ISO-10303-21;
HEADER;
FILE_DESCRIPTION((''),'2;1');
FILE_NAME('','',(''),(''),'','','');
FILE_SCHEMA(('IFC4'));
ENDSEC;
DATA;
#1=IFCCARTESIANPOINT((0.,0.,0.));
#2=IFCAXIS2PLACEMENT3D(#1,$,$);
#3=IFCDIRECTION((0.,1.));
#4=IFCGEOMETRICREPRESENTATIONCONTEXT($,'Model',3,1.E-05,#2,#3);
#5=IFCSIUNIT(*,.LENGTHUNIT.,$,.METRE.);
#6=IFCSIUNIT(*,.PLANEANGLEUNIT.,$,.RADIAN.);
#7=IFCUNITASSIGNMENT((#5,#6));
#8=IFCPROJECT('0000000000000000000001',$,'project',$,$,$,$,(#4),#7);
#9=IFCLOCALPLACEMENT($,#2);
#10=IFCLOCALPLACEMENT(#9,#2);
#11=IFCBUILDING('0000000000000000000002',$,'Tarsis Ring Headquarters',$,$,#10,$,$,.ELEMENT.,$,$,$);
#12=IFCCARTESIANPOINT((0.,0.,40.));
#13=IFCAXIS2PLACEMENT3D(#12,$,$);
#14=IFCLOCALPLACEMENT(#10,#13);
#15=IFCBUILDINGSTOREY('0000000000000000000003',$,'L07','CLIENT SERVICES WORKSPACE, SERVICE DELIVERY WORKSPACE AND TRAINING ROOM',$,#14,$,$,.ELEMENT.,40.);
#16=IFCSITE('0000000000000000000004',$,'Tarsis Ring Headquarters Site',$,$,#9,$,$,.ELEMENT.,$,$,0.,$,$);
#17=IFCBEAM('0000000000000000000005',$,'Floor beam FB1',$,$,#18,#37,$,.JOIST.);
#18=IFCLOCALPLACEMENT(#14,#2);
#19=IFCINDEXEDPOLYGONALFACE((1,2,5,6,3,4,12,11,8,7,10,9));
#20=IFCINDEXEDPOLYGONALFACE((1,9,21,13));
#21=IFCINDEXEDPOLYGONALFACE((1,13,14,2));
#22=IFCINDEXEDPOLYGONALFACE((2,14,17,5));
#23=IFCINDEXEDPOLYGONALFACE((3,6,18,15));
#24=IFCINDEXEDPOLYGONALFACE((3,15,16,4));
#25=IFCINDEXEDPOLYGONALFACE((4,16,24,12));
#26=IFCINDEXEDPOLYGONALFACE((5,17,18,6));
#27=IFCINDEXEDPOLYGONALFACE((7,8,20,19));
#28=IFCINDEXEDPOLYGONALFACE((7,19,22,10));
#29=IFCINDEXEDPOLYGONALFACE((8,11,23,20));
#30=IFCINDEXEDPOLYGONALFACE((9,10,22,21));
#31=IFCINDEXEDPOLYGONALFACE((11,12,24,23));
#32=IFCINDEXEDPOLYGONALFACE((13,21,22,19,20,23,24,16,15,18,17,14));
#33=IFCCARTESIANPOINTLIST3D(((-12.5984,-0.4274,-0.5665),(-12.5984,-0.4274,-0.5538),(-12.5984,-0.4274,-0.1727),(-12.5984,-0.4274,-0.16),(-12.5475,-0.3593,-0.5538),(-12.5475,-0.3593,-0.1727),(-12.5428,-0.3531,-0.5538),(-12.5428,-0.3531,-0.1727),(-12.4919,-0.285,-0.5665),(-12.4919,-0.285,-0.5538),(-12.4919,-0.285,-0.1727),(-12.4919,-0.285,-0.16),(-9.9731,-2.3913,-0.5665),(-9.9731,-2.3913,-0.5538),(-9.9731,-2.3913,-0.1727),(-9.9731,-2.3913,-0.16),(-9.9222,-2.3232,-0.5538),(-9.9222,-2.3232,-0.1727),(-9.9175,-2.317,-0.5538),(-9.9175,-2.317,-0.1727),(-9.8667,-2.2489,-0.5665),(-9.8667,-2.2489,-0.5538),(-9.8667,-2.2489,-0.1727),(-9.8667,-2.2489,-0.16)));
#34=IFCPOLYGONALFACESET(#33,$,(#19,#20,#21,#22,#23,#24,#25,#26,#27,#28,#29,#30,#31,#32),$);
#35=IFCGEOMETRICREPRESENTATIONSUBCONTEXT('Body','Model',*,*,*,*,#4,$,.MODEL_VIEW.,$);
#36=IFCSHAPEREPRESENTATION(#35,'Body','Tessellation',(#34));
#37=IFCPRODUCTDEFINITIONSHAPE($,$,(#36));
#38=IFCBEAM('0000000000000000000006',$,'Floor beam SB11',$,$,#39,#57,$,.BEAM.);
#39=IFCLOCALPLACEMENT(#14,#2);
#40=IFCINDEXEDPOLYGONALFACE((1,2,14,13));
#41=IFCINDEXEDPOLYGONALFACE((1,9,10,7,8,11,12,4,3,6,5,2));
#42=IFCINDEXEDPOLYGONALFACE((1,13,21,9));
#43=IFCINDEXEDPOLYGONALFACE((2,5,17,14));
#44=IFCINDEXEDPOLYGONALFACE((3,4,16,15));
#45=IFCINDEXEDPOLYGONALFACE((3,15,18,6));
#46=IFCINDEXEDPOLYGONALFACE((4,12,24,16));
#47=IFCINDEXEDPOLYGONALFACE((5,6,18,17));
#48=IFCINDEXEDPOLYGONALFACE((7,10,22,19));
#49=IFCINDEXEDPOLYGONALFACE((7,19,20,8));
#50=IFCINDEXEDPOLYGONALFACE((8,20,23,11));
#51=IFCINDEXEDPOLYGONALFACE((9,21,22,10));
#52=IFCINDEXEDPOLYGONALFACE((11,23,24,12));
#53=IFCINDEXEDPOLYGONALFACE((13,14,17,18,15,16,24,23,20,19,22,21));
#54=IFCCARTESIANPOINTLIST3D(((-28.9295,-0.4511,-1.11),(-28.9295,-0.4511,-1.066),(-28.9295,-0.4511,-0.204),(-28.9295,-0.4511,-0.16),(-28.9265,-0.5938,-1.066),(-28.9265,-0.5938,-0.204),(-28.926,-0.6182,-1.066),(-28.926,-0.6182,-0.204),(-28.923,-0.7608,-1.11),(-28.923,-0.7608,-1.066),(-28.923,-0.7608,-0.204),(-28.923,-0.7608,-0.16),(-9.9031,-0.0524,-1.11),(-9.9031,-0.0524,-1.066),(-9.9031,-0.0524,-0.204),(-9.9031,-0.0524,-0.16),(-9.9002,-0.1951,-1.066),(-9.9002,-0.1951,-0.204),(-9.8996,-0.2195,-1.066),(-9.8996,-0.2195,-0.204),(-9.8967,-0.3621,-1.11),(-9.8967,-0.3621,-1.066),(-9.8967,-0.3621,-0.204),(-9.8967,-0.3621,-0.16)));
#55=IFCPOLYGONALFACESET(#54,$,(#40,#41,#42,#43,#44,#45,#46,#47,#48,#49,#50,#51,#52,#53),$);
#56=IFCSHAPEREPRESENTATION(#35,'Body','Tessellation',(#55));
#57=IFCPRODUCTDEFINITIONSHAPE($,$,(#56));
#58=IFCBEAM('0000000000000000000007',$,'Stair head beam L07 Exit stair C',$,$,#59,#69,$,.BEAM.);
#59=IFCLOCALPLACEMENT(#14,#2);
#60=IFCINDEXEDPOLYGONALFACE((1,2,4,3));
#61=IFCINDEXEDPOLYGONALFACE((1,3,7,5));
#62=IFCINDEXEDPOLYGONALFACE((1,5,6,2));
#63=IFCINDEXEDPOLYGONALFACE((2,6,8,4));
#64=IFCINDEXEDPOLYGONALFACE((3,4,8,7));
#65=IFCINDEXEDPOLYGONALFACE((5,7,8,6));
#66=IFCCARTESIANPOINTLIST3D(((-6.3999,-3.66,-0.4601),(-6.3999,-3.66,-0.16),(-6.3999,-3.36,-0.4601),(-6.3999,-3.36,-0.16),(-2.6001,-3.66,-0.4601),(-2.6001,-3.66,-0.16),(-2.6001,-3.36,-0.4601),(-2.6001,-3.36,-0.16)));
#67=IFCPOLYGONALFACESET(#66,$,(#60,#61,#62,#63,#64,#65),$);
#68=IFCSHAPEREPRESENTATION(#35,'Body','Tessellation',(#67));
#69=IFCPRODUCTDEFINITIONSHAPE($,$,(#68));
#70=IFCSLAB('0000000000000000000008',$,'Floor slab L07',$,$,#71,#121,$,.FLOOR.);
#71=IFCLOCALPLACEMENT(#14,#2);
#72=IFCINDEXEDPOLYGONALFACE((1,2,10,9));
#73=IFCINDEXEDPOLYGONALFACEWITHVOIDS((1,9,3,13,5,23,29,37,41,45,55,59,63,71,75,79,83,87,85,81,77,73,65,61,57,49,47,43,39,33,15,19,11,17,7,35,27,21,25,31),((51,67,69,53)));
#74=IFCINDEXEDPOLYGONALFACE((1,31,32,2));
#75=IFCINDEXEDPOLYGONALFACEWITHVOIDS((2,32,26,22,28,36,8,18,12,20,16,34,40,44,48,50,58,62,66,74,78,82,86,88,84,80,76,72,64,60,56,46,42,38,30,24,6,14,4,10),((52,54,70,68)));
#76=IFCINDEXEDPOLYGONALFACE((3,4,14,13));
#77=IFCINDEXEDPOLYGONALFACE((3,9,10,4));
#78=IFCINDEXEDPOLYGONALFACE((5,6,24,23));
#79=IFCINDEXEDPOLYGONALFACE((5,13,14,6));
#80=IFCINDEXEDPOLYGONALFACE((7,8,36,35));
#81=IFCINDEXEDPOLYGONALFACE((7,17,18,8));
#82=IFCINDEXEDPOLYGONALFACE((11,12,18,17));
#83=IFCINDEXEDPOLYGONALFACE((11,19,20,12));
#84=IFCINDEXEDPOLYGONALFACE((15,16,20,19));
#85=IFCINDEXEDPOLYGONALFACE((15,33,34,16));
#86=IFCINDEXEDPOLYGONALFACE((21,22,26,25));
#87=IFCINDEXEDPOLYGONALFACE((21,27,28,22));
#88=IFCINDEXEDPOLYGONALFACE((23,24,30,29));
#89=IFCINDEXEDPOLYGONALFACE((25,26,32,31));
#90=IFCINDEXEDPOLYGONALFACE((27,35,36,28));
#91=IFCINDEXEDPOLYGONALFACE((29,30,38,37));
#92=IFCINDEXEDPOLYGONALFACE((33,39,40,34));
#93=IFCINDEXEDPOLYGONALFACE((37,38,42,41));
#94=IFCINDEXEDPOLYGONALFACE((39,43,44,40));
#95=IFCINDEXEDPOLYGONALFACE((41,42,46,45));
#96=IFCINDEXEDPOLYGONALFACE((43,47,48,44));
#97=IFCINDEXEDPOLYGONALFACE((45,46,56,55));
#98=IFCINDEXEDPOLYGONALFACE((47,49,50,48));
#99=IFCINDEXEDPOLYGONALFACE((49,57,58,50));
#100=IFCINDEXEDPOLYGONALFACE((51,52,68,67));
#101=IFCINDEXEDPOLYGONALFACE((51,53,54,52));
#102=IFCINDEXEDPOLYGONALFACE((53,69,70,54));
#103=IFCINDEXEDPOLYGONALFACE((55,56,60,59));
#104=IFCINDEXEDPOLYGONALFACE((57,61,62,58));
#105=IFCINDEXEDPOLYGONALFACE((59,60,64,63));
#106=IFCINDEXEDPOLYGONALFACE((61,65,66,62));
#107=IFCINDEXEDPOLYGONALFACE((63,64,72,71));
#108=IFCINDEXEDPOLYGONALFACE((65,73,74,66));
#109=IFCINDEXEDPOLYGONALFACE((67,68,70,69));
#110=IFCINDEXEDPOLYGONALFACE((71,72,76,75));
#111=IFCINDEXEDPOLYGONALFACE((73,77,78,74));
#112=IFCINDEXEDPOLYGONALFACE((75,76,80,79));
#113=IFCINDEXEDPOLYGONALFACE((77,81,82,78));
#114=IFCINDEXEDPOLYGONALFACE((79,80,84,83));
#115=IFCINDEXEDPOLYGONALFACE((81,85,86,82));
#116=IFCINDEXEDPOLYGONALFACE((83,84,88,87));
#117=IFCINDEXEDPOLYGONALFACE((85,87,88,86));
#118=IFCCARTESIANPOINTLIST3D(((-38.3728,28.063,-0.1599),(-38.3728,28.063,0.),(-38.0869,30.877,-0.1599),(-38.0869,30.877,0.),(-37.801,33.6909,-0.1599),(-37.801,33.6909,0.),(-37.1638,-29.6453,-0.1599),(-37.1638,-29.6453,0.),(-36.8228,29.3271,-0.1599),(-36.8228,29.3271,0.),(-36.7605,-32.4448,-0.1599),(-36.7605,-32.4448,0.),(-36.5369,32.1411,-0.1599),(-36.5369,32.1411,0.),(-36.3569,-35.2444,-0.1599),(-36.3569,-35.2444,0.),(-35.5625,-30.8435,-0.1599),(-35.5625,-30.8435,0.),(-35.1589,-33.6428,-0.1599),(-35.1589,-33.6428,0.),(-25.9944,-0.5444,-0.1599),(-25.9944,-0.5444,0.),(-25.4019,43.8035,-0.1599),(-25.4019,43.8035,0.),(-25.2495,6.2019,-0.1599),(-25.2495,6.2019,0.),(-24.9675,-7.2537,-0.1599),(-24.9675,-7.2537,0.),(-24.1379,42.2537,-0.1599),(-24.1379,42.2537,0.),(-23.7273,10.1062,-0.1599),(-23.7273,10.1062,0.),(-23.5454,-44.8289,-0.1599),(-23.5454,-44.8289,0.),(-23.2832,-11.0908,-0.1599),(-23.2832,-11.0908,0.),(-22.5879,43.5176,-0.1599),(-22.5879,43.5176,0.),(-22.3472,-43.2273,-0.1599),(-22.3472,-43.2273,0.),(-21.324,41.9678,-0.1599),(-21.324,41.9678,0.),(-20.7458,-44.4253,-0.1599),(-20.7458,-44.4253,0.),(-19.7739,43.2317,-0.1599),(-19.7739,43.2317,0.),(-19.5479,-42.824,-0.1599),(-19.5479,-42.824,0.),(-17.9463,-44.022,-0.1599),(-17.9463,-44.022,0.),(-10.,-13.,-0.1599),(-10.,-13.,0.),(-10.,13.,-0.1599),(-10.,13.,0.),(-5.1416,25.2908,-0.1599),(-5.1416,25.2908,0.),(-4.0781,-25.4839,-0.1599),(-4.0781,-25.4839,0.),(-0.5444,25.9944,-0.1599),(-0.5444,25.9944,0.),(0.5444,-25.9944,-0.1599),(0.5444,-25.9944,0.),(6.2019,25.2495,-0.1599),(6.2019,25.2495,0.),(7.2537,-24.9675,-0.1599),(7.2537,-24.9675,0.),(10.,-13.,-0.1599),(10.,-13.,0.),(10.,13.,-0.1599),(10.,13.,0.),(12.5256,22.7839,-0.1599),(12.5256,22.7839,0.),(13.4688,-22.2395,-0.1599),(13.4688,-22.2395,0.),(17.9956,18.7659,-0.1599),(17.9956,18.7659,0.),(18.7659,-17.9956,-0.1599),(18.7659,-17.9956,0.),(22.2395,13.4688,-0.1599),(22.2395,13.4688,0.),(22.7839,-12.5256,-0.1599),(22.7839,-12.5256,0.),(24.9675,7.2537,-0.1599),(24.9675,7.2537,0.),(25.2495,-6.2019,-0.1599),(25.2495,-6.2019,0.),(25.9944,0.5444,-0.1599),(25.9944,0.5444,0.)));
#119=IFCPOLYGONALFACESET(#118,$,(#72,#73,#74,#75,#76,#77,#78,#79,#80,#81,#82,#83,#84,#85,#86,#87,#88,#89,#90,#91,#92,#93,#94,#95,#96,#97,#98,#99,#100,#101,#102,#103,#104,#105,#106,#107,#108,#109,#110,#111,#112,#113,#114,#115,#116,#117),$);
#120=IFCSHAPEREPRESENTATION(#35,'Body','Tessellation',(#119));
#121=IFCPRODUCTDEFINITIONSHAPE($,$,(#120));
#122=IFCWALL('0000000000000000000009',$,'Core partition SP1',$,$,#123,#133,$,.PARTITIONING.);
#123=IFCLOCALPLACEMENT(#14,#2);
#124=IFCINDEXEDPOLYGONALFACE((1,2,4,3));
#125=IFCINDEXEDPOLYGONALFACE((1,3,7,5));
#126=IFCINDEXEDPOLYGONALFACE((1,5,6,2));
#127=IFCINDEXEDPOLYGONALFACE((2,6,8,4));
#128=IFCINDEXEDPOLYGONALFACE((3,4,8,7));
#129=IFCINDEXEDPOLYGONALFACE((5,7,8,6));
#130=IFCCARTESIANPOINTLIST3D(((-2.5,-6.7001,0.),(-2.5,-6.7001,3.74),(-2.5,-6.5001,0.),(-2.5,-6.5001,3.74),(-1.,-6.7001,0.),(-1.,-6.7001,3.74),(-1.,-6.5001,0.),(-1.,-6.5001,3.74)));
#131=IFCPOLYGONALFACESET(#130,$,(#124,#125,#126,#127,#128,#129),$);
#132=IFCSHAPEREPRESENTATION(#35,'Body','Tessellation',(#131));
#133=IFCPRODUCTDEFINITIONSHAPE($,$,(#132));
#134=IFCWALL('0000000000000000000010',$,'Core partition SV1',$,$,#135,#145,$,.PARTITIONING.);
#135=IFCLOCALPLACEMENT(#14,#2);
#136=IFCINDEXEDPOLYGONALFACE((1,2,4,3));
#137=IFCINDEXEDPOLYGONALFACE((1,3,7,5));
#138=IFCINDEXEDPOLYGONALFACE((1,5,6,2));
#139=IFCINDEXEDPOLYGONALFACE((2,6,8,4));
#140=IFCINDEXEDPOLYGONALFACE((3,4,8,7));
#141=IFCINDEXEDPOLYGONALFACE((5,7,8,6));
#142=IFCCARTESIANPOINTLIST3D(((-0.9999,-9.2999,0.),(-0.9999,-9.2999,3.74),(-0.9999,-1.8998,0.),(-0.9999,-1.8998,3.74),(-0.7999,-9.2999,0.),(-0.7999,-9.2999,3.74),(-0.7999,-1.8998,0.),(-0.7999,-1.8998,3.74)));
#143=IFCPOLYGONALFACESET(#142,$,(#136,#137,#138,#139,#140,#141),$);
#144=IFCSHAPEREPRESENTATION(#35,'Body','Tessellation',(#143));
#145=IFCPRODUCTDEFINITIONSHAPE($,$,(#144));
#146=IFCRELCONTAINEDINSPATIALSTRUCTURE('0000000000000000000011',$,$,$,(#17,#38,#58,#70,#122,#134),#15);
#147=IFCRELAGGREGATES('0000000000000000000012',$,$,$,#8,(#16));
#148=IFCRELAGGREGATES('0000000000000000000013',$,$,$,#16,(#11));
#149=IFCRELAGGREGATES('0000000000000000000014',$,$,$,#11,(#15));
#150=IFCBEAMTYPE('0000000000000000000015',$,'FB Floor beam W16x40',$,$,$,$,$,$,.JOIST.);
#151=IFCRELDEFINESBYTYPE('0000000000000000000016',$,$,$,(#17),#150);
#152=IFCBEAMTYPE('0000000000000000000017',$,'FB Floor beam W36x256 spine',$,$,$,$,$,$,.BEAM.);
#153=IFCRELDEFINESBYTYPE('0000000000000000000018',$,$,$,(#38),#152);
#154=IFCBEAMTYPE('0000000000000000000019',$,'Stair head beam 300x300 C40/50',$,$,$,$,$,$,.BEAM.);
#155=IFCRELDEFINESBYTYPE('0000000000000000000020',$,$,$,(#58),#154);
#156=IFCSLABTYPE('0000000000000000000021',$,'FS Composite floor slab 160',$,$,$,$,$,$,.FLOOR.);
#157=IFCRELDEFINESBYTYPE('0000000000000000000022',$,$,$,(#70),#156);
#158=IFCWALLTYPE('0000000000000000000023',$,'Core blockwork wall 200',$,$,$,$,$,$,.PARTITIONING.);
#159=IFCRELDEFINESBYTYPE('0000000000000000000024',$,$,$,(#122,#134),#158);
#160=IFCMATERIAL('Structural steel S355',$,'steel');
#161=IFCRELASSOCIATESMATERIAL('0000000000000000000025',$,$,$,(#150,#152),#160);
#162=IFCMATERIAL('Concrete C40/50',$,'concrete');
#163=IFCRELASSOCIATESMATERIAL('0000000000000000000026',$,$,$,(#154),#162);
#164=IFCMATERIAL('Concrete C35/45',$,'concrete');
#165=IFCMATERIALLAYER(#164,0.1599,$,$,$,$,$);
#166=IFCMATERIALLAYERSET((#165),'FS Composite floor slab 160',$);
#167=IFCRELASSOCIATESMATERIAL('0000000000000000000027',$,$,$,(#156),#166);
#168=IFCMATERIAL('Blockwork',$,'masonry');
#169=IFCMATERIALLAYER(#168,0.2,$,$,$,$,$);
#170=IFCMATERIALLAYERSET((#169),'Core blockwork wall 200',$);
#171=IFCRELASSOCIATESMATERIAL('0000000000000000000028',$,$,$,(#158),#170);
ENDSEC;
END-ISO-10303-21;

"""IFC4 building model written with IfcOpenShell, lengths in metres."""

from ifc_helpers import new_model, si_unit, direction, frame, frame_2d, origin, origin_2d, place, context, subcontext, project, spatial, polyline, rectangle, i_section, outline, extrude, material, layer, layer_set, material_profile, profile_set, type_object, element, save


model = new_model("IFC4")

# Units and contexts
model_context = context("Model", 3, precision=1e-05, world=origin(), true_north=direction((0.0, 1.0)))
body_context = subcontext(model_context, "Body", "Model", "MODEL_VIEW")
ifc_project = project(units=[si_unit("LENGTHUNIT", "METRE"), si_unit("PLANEANGLEUNIT", "RADIAN")], contexts=[model_context])

# Site, building, storey
site_placement = place(None, origin())
site = spatial("IfcSite", under=ifc_project, at=site_placement, Name="Tarsis Ring Headquarters Site", CompositionType="ELEMENT", RefElevation=0.0)
building_placement = place(site_placement, origin())
building = spatial("IfcBuilding", under=site, at=building_placement, Name="Tarsis Ring Headquarters", CompositionType="ELEMENT")
storey_placement = place(building_placement, frame((0.0, 0.0, 40.0)))
storey = spatial("IfcBuildingStorey", under=building, at=storey_placement, Name="L07", Description="CLIENT SERVICES WORKSPACE, SERVICE DELIVERY WORKSPACE AND TRAINING ROOM", CompositionType="ELEMENT", Elevation=40.0)

# Beams
ifc_material_1 = material(Name="Structural steel S355", Category="steel")
ifc_material_profile_1 = material_profile(ifc_material_1, i_section(OverallWidth=0.1777, OverallDepth=0.4065, WebThickness=0.0078, FlangeThickness=0.0127, at=origin_2d()), Name="W16x40")
ifc_profile_set_1 = profile_set([ifc_material_profile_1], Name="Structural steel S355")
beam_type_1 = type_object("IfcBeamType", Name="FB Floor beam W16x40", PredefinedType="JOIST", material=ifc_profile_set_1)
beam_1_placement = place(storey_placement, frame((-12.5452, -0.3562, -0.3633), z_axis=(0.800741, -0.599011, 0.0), x_axis=(0.599011, 0.800741, 0.0)))
element("IfcBeam", 1, at=beam_1_placement, inside=storey, type_object=beam_type_1, Name="Floor beam FB1", PredefinedType="JOIST", context=body_context, shape_type="SweptSolid", body=[
    extrude(i_section(OverallWidth=0.1777, OverallDepth=0.4065, WebThickness=0.0078, FlangeThickness=0.0127, at=origin_2d()), origin(), (0.0, 0.0, 1.0), 3.2786),
])
ifc_material_profile_2 = material_profile(ifc_material_1, i_section(OverallWidth=0.3098, OverallDepth=0.95, WebThickness=0.0244, FlangeThickness=0.0439, at=origin_2d()), Name="W36x256")
ifc_profile_set_2 = profile_set([ifc_material_profile_2], Name="Structural steel S355")
beam_type_2 = type_object("IfcBeamType", Name="FB Floor beam W36x256 spine", PredefinedType="BEAM", material=ifc_profile_set_2)
beam_2_placement = place(storey_placement, frame((-9.8999, -0.2073, -0.635), z_axis=(-0.999781, -0.02095, 0.0), x_axis=(0.02095, -0.999781, 0.0)))
element("IfcBeam", 2, at=beam_2_placement, inside=storey, type_object=beam_type_2, Name="Floor beam SB11", PredefinedType="BEAM", context=body_context, shape_type="SweptSolid", body=[
    extrude(i_section(OverallWidth=0.3098, OverallDepth=0.95, WebThickness=0.0244, FlangeThickness=0.0439, at=origin_2d()), origin(), (0.0, 0.0, 1.0), 19.0305),
])
ifc_material_2 = material(Name="Concrete C40/50", Category="concrete")
ifc_material_profile_3 = material_profile(ifc_material_2, rectangle(XDim=0.3, YDim=0.3, at=origin_2d()), Name="Stair head beam 300x300 C40/50")
ifc_profile_set_3 = profile_set([ifc_material_profile_3], Name="Concrete C40/50")
beam_type_3 = type_object("IfcBeamType", Name="Stair head beam 300x300 C40/50", PredefinedType="BEAM", material=ifc_profile_set_3)
beam_3_placement = place(storey_placement, frame((-6.3999, -3.51, -0.3101), z_axis=(1.0, 0.0, 0.0), x_axis=(0.0, 1.0, 0.0)))
element("IfcBeam", 3, at=beam_3_placement, inside=storey, type_object=beam_type_3, Name="Stair head beam L07 Exit stair C", PredefinedType="BEAM", context=body_context, shape_type="SweptSolid", body=[
    extrude(rectangle(XDim=0.3, YDim=0.3, at=origin_2d()), origin(), (0.0, 0.0, 1.0), 3.7998),
])

# Slab
ifc_material_3 = material(Name="Concrete C35/45", Category="concrete")
ifc_layer_1 = layer(ifc_material_3, 0.1599)
ifc_layer_set_1 = layer_set([ifc_layer_1], Name="FS Composite floor slab 160")
slab_type = type_object("IfcSlabType", Name="FS Composite floor slab 160", PredefinedType="FLOOR", material=ifc_layer_set_1)
slab_placement = place(storey_placement, frame((0.0, 0.0, -0.1599)))
element("IfcSlab", 4, at=slab_placement, inside=storey, type_object=slab_type, Name="Floor slab L07", PredefinedType="FLOOR", context=body_context, shape_type="SweptSolid", body=[
    extrude(outline(polyline([(-23.7273, 10.1062), (-25.2495, 6.2019), (-25.9944, -0.5444), (-24.9675, -7.2537), (-23.2832, -11.0908), (-37.1638, -29.6453), (-35.5625, -30.8435), (-36.7605, -32.4448), (-35.1589, -33.6428), (-36.3569, -35.2444), (-23.5454, -44.8289), (-22.3472, -43.2273), (-20.7458, -44.4253), (-19.5479, -42.824), (-17.9463, -44.022), (-4.0781, -25.4839), (0.5444, -25.9944), (7.2537, -24.9675), (13.4688, -22.2395), (18.7659, -17.9956), (22.7839, -12.5256), (25.2495, -6.2019), (25.9944, 0.5444), (24.9675, 7.2537), (22.2395, 13.4688), (17.9956, 18.7659), (12.5256, 22.7839), (6.2019, 25.2495), (-0.5444, 25.9944), (-5.1416, 25.2908), (-19.7739, 43.2317), (-21.324, 41.9678), (-22.5879, 43.5176), (-24.1379, 42.2537), (-25.4019, 43.8035), (-37.801, 33.6909), (-36.5369, 32.1411), (-38.0869, 30.877), (-36.8228, 29.3271), (-38.3728, 28.063), (-23.7273, 10.1062)]), holes=[polyline([(-10.0, -13.0), (-10.0, 13.0), (10.0, 13.0), (10.0, -13.0), (-10.0, -13.0)])]), origin(), (0.0, 0.0, 1.0), 0.1599),
])

# Walls
ifc_material_4 = material(Name="Blockwork", Category="masonry")
ifc_layer_2 = layer(ifc_material_4, 0.2)
ifc_layer_set_2 = layer_set([ifc_layer_2], Name="Core blockwork wall 200")
wall_type_1 = type_object("IfcWallType", Name="Core blockwork wall 200", PredefinedType="PARTITIONING", material=ifc_layer_set_2)
wall_1_placement = place(storey_placement, frame((-2.5, -6.6001, 0.0), z_axis=(0.0, 0.0, 1.0), x_axis=(1.0, 0.0, 0.0)))
element("IfcWall", 5, at=wall_1_placement, inside=storey, type_object=wall_type_1, Name="Core partition SP1", PredefinedType="PARTITIONING", context=body_context, shape_type="SweptSolid", body=[
    extrude(rectangle(XDim=1.5, YDim=0.2, at=frame_2d((0.75, 0.0))), origin(), (0.0, 0.0, 1.0), 3.74),
])
wall_2_placement = place(storey_placement, frame((-0.8999, -9.3, 0.0), z_axis=(0.0, 0.0, 1.0), x_axis=(0.0, 1.0, 0.0)))
element("IfcWall", 6, at=wall_2_placement, inside=storey, type_object=wall_type_1, Name="Core partition SV1", PredefinedType="PARTITIONING", context=body_context, shape_type="SweptSolid", body=[
    extrude(rectangle(XDim=7.4001, YDim=0.2, at=frame_2d((3.7002, 0.0))), origin(), (0.0, 0.0, 1.0), 3.74),
])

save(model, "model.ifc")
